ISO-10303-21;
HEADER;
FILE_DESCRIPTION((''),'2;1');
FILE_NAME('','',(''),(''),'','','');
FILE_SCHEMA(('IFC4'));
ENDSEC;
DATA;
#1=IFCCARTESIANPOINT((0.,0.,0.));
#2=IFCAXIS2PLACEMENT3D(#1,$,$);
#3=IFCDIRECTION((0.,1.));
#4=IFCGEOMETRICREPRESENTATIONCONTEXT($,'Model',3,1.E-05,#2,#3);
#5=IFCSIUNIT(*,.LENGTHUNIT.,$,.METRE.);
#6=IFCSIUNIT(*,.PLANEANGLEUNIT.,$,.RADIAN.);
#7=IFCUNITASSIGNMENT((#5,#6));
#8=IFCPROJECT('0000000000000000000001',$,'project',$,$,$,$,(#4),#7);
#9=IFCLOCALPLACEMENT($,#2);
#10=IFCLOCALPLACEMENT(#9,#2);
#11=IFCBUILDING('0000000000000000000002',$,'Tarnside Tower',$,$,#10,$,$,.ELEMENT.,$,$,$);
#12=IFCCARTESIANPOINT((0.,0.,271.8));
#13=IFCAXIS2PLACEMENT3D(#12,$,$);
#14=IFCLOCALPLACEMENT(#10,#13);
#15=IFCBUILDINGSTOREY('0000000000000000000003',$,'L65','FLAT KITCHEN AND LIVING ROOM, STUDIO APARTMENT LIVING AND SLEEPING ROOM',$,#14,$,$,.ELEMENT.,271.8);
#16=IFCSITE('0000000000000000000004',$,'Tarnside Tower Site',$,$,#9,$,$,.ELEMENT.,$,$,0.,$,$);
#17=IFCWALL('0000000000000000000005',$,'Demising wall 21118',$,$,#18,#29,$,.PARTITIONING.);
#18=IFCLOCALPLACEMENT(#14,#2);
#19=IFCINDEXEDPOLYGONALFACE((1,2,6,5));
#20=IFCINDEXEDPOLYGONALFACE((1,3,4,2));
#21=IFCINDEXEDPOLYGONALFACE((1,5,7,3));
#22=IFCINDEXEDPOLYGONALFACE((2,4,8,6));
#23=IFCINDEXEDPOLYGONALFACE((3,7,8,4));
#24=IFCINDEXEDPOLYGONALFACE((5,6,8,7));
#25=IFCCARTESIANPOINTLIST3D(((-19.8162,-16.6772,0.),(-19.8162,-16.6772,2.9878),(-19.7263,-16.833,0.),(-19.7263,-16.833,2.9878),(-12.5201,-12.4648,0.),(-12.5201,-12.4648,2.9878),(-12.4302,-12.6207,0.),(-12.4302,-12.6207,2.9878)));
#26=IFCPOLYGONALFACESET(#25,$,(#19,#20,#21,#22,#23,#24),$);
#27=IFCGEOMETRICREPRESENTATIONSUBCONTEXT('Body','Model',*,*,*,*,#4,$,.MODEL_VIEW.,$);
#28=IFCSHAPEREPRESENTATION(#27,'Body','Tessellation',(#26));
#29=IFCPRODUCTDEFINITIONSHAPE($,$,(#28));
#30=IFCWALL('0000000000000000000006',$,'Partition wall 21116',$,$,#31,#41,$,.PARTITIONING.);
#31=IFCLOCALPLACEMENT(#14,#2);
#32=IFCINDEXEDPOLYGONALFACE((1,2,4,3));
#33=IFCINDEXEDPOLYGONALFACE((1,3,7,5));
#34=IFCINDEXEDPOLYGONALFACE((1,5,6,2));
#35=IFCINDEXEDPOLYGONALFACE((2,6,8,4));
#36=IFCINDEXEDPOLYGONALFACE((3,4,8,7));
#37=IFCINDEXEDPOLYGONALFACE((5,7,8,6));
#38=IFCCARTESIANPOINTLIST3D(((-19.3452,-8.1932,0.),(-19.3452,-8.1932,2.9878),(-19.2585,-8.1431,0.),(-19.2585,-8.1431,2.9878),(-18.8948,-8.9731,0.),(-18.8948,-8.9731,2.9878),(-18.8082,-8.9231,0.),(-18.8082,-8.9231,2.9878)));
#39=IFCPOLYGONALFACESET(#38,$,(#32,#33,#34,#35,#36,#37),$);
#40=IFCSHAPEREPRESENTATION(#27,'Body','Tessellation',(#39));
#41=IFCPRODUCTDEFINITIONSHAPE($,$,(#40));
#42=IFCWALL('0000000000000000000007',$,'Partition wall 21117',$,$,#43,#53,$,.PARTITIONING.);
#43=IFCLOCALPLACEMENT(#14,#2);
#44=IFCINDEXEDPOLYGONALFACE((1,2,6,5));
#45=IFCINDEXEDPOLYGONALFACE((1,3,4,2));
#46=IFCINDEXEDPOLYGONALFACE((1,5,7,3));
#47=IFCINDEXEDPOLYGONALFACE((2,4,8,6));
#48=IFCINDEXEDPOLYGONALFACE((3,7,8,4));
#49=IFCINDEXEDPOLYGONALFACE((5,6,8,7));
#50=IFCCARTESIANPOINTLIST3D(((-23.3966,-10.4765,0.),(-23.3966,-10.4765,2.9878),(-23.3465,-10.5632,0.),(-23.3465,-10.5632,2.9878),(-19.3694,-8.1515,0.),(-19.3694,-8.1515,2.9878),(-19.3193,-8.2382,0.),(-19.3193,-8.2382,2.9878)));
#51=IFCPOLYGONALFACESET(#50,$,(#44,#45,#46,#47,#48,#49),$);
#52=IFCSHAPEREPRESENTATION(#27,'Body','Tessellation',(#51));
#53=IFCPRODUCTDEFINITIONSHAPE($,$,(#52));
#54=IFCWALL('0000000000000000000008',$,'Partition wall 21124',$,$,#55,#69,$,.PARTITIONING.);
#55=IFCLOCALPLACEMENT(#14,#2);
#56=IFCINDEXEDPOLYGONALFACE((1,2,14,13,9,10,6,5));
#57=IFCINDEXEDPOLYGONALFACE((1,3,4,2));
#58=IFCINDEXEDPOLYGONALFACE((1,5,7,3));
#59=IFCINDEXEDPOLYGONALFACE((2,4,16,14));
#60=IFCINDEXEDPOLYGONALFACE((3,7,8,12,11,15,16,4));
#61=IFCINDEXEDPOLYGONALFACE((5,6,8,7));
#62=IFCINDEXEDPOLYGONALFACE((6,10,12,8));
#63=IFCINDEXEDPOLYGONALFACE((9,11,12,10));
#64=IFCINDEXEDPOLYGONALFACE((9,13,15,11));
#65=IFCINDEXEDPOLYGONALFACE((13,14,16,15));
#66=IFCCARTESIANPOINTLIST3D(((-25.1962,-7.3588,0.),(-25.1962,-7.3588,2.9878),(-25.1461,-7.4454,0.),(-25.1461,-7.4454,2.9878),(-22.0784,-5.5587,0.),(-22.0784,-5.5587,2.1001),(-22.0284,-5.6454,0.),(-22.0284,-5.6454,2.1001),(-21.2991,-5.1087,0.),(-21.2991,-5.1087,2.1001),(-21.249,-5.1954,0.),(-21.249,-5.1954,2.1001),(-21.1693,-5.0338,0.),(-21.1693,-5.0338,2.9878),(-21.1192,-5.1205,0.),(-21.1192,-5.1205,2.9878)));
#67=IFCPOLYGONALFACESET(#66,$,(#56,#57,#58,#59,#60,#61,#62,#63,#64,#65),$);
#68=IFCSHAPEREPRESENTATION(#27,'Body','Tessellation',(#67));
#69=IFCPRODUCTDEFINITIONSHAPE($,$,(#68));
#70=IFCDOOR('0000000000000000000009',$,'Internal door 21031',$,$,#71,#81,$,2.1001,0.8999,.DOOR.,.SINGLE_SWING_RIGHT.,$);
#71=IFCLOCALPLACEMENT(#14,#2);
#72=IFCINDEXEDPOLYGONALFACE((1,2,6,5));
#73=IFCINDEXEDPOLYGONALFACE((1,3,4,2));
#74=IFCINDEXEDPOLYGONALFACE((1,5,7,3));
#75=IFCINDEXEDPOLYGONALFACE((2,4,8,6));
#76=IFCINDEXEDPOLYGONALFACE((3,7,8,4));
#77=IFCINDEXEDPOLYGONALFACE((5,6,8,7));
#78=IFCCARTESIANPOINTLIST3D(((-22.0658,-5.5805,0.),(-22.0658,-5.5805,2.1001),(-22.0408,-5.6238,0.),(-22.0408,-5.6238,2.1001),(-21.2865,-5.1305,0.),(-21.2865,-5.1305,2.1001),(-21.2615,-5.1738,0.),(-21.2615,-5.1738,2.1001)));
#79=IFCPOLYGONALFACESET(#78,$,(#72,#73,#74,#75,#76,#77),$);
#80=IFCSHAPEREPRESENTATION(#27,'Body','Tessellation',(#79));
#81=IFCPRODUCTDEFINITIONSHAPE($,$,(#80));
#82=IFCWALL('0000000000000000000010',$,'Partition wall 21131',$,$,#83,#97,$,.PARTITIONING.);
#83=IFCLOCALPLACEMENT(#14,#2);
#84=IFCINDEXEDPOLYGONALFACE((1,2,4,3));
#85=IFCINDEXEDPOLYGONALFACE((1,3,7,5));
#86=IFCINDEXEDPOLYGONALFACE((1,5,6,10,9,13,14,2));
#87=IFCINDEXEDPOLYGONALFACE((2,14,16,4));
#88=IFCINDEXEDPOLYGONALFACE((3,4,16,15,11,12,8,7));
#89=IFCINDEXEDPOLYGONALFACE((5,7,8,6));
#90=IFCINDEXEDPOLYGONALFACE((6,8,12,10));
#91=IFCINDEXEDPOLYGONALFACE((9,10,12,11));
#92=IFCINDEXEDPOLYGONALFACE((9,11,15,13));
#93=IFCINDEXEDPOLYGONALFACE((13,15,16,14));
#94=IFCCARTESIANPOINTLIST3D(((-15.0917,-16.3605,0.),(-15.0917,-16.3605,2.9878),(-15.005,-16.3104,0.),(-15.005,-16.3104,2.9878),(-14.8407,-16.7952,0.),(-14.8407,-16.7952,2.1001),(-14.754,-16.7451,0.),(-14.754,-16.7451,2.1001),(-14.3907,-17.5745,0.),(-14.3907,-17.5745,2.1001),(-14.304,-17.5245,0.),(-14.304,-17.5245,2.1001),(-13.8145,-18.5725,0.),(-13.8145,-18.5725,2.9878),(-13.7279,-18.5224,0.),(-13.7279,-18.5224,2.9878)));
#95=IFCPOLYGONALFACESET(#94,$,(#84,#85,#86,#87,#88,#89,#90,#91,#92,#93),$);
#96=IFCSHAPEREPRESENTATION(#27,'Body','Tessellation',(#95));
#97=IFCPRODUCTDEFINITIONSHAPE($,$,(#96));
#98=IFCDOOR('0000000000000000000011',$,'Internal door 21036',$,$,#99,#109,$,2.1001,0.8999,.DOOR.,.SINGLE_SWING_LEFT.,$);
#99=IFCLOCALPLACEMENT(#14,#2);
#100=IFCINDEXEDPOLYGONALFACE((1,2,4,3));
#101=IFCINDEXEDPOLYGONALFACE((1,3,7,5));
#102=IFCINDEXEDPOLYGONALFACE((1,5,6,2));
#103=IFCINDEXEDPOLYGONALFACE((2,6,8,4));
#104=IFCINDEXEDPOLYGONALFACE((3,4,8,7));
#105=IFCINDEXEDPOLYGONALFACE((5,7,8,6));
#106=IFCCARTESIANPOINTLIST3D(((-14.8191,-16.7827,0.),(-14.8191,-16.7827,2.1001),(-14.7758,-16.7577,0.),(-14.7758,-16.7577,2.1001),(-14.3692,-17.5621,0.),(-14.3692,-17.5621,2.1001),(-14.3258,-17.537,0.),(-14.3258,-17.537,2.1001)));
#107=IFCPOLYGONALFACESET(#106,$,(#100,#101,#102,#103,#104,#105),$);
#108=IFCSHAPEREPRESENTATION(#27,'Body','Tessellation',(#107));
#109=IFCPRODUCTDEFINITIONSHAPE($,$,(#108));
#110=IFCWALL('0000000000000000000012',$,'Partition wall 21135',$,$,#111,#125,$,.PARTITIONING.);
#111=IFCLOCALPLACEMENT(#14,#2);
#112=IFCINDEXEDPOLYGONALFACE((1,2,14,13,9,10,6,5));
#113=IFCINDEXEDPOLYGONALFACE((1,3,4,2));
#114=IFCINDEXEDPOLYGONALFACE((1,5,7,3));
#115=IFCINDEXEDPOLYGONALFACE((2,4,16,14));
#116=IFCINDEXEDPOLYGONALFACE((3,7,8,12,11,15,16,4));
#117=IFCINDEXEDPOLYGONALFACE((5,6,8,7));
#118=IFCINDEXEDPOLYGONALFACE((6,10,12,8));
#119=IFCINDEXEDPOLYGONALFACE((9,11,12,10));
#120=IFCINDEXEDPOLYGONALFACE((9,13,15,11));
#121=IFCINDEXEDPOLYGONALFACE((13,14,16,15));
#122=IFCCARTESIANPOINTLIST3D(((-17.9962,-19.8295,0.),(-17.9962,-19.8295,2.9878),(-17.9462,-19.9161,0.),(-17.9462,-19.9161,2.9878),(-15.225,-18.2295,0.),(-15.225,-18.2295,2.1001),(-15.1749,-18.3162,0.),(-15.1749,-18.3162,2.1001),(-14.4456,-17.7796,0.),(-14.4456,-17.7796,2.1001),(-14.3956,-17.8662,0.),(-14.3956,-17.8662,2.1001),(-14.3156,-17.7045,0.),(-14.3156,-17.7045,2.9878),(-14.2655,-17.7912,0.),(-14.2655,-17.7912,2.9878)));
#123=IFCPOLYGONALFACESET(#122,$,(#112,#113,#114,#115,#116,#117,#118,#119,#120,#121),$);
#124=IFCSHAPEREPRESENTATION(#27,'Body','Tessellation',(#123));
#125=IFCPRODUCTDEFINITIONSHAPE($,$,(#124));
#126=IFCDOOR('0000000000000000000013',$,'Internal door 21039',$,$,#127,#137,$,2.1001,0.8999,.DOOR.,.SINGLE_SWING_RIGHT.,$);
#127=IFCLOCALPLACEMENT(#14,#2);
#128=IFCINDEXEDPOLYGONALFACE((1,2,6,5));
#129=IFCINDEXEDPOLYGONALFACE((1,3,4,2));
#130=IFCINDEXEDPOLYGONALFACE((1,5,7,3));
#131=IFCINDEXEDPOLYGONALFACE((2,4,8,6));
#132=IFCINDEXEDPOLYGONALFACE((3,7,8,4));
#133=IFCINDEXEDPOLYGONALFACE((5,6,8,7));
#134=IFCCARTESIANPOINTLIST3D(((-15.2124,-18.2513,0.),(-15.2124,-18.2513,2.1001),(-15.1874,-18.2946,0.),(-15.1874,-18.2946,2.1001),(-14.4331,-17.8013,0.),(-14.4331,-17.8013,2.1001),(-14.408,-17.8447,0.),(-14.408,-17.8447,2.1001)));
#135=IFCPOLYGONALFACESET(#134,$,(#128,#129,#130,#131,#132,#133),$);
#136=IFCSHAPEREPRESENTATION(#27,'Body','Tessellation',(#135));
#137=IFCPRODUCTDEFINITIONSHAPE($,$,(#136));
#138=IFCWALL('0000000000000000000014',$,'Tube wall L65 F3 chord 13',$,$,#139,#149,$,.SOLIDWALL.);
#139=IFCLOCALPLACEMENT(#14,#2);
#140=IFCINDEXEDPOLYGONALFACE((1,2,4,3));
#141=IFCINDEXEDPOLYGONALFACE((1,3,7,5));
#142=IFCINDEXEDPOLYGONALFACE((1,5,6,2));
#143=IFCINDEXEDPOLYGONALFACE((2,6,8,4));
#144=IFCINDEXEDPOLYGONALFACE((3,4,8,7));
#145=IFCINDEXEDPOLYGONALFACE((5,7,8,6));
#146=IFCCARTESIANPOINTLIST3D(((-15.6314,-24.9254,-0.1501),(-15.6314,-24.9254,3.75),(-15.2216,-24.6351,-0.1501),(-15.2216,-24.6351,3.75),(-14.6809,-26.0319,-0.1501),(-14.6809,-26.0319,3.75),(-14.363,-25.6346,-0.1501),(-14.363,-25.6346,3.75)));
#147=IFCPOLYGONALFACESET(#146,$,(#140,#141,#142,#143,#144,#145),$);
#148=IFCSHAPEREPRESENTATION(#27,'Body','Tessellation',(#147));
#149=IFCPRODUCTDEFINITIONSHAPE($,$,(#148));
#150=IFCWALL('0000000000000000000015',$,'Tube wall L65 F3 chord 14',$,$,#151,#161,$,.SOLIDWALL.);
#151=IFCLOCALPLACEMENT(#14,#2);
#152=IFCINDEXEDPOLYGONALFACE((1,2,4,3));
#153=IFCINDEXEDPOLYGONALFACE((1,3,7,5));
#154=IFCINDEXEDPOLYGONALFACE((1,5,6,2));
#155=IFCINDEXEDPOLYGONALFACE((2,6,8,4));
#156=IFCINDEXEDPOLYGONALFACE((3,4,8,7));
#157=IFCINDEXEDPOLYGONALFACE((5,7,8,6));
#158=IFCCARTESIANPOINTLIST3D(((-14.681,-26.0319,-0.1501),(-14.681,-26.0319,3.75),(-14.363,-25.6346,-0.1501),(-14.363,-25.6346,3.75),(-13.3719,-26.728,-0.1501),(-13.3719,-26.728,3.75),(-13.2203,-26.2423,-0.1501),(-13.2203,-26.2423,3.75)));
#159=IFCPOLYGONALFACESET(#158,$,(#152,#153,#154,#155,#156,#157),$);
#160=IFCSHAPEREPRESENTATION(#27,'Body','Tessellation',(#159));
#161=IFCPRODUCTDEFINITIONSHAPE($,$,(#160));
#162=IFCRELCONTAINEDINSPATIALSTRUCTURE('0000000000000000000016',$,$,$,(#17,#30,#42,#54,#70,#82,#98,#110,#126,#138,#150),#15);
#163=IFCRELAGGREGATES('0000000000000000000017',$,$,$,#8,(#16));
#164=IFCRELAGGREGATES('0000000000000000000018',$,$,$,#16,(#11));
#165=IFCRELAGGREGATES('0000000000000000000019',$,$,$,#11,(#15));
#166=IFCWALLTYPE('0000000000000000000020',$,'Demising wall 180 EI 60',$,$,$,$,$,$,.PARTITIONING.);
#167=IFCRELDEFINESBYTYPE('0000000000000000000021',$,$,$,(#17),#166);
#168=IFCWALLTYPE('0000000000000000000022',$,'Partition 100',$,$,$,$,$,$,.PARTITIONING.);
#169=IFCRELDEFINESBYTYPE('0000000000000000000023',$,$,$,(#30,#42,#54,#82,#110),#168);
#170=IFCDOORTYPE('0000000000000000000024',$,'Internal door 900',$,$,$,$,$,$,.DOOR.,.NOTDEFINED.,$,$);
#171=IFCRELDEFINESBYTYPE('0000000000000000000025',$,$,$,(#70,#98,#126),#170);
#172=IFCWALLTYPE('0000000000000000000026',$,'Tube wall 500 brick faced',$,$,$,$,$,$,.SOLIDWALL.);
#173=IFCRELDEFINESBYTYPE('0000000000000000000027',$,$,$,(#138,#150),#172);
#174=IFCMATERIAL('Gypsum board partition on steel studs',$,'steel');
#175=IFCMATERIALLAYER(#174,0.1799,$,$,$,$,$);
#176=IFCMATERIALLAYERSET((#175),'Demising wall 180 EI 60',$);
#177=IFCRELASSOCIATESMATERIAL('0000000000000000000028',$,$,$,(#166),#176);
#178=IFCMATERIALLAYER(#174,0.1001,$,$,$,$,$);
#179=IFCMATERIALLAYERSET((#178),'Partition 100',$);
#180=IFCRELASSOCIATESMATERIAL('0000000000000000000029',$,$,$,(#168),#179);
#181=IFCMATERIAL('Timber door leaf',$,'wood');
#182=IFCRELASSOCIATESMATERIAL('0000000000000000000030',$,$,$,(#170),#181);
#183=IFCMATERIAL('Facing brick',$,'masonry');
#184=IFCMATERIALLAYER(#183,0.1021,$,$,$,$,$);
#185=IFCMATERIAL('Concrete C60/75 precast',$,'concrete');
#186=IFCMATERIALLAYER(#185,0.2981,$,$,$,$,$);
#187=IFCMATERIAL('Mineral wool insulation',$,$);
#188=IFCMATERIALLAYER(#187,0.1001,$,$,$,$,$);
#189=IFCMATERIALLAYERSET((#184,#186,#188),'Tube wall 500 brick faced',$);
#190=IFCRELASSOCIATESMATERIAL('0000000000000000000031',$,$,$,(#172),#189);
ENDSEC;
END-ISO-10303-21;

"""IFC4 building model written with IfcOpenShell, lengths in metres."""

from ifc_helpers import new_model, si_unit, direction, frame, frame_2d, origin, place, context, subcontext, project, spatial, polyline, rectangle, outline, extrude, material, layer, layer_set, type_object, element, fill, save


model = new_model("IFC4")

# Units and contexts
model_context = context("Model", 3, precision=1e-05, world=origin(), true_north=direction((0.0, 1.0)))
body_context = subcontext(model_context, "Body", "Model", "MODEL_VIEW")
ifc_project = project(units=[si_unit("LENGTHUNIT", "METRE"), si_unit("PLANEANGLEUNIT", "RADIAN")], contexts=[model_context])

# Site, building, storey
site_placement = place(None, origin())
site = spatial("IfcSite", under=ifc_project, at=site_placement, Name="Tarnside Tower Site", CompositionType="ELEMENT", RefElevation=0.0)
building_placement = place(site_placement, origin())
building = spatial("IfcBuilding", under=site, at=building_placement, Name="Tarnside Tower", CompositionType="ELEMENT")
storey_placement = place(building_placement, frame((0.0, 0.0, 271.8)))
storey = spatial("IfcBuildingStorey", under=building, at=storey_placement, Name="L65", Description="FLAT KITCHEN AND LIVING ROOM, STUDIO APARTMENT LIVING AND SLEEPING ROOM", CompositionType="ELEMENT", Elevation=271.8)

# Shared definitions
ifc_material_1 = material(Name="Gypsum board partition on steel studs", Category="steel")
ifc_material_2 = material(Name="Timber door leaf", Category="wood")

# Walls
ifc_layer_1 = layer(ifc_material_1, 0.1799)
ifc_layer_set_1 = layer_set([ifc_layer_1], Name="Demising wall 180 EI 60")
wall_type_1 = type_object("IfcWallType", Name="Demising wall 180 EI 60", PredefinedType="PARTITIONING", material=ifc_layer_set_1)
wall_1_placement = place(storey_placement, frame((-19.7712, -16.7551, 0.0), z_axis=(0.0, 0.0, 1.0), x_axis=(0.866027, 0.499998, 0.0)))
element("IfcWall", 1, at=wall_1_placement, inside=storey, type_object=wall_type_1, Name="Demising wall 21118", PredefinedType="PARTITIONING", context=body_context, shape_type="SweptSolid", body=[
    extrude(rectangle(XDim=8.4248, YDim=0.1799, at=frame_2d((4.2124, 0.0))), origin(), (0.0, 0.0, 1.0), 2.9878),
])
ifc_layer_2 = layer(ifc_material_1, 0.1001)
ifc_layer_set_2 = layer_set([ifc_layer_2], Name="Partition 100")
wall_type_2 = type_object("IfcWallType", Name="Partition 100", PredefinedType="PARTITIONING", material=ifc_layer_set_2)
wall_2_placement = place(storey_placement, frame((-18.8516, -8.948, 0.0), z_axis=(0.0, 0.0, 1.0), x_axis=(-0.500074, 0.865982, 0.0)))
element("IfcWall", 2, at=wall_2_placement, inside=storey, type_object=wall_type_2, Name="Partition wall 21116", PredefinedType="PARTITIONING", context=body_context, shape_type="SweptSolid", body=[
    extrude(rectangle(XDim=0.9006, YDim=0.1001, at=frame_2d((0.4502, 0.0))), origin(), (0.0, 0.0, 1.0), 2.9878),
])
wall_3_placement = place(storey_placement, frame((-19.3442, -8.1948, 0.0), z_axis=(0.0, 0.0, 1.0), x_axis=(-0.866034, -0.499985, 0.0)))
element("IfcWall", 3, at=wall_3_placement, inside=storey, type_object=wall_type_2, Name="Partition wall 21117", PredefinedType="PARTITIONING", context=body_context, shape_type="SweptSolid", body=[
    extrude(rectangle(XDim=4.6501, YDim=0.1001, at=frame_2d((2.3252, 0.0))), origin(), (0.0, 0.0, 1.0), 2.9878),
])

# Walls, openings, doors
wall_4_placement = place(storey_placement, frame((-25.1711, -7.4021, 0.0), z_axis=(0.0, 0.0, 1.0), x_axis=(0.866021, 0.500007, 0.0)))
wall_4 = element("IfcWall", 4, at=wall_4_placement, inside=storey, type_object=wall_type_2, Name="Partition wall 21124", PredefinedType="PARTITIONING", context=body_context, shape_type="SweptSolid", body=[
    extrude(rectangle(XDim=4.6499, YDim=0.1001, at=frame_2d((2.325, 0.0))), origin(), (0.0, 0.0, 1.0), 2.9878),
])
opening_1_placement = place(wall_4_placement, frame((3.6001, 0.0, 0.0)))
opening_1 = element("IfcOpeningElement", 5, at=opening_1_placement, cuts=wall_4, PredefinedType="OPENING", context=body_context, shape_type="SweptSolid", body=[
    extrude(rectangle(XDim=0.8999, YDim=2.1001, at=frame_2d((0.45, 1.05))), frame((0.0, 0.0601, 0.0), z_axis=(0.0, -1.0, 0.0), x_axis=(1.0, 0.0, 0.0)), (0.0, 0.0, 1.0), 0.1201),
])
door_type_1 = type_object("IfcDoorType", Name="Internal door 900", OperationType="NOTDEFINED", PredefinedType="DOOR", material=ifc_material_2)
door_1_placement = place(opening_1_placement, origin())
door_1 = element("IfcDoor", 6, at=door_1_placement, inside=storey, type_object=door_type_1, Name="Internal door 21031", OperationType="SINGLE_SWING_RIGHT", OverallHeight=2.1001, OverallWidth=0.8999, PredefinedType="DOOR", context=body_context, shape_type="SweptSolid", body=[
    extrude(rectangle(XDim=0.8999, YDim=2.1001, at=frame_2d((0.45, 1.05))), frame((0.0, 0.0249, 0.0), z_axis=(0.0, -1.0, 0.0), x_axis=(1.0, 0.0, 0.0)), (0.0, 0.0, 1.0), 0.05),
])
fill(opening_1, door_1)
wall_5_placement = place(storey_placement, frame((-15.0483, -16.3354, 0.0), z_axis=(0.0, 0.0, 1.0), x_axis=(0.500015, -0.866017, 0.0)))
wall_5 = element("IfcWall", 7, at=wall_5_placement, inside=storey, type_object=wall_type_2, Name="Partition wall 21131", PredefinedType="PARTITIONING", context=body_context, shape_type="SweptSolid", body=[
    extrude(rectangle(XDim=2.5542, YDim=0.1001, at=frame_2d((1.2771, 0.0))), origin(), (0.0, 0.0, 1.0), 2.9878),
])
opening_2_placement = place(wall_5_placement, frame((0.502, 0.0, 0.0)))
opening_2 = element("IfcOpeningElement", 8, at=opening_2_placement, cuts=wall_5, PredefinedType="OPENING", context=body_context, shape_type="SweptSolid", body=[
    extrude(rectangle(XDim=0.8999, YDim=2.1001, at=frame_2d((0.45, 1.05))), frame((0.0, 0.0601, 0.0), z_axis=(0.0, -1.0, 0.0), x_axis=(1.0, 0.0, 0.0)), (0.0, 0.0, 1.0), 0.1201),
])
door_2_placement = place(opening_2_placement, origin())
door_2 = element("IfcDoor", 9, at=door_2_placement, inside=storey, type_object=door_type_1, Name="Internal door 21036", OperationType="SINGLE_SWING_LEFT", OverallHeight=2.1001, OverallWidth=0.8999, PredefinedType="DOOR", context=body_context, shape_type="SweptSolid", body=[
    extrude(rectangle(XDim=0.8999, YDim=2.1001, at=frame_2d((0.45, 1.05))), frame((0.0, 0.0249, 0.0), z_axis=(0.0, -1.0, 0.0), x_axis=(1.0, 0.0, 0.0)), (0.0, 0.0, 1.0), 0.05),
])
fill(opening_2, door_2)
wall_6_placement = place(storey_placement, frame((-17.9712, -19.8728, 0.0), z_axis=(0.0, 0.0, 1.0), x_axis=(0.866029, 0.499994, 0.0)))
wall_6 = element("IfcWall", 10, at=wall_6_placement, inside=storey, type_object=wall_type_2, Name="Partition wall 21135", PredefinedType="PARTITIONING", context=body_context, shape_type="SweptSolid", body=[
    extrude(rectangle(XDim=4.25, YDim=0.1001, at=frame_2d((2.125, 0.0))), origin(), (0.0, 0.0, 1.0), 2.9878),
])
opening_3_placement = place(wall_6_placement, frame((3.2, 0.0, 0.0)))
opening_3 = element("IfcOpeningElement", 11, at=opening_3_placement, cuts=wall_6, PredefinedType="OPENING", context=body_context, shape_type="SweptSolid", body=[
    extrude(rectangle(XDim=0.8999, YDim=2.1001, at=frame_2d((0.45, 1.05))), frame((0.0, 0.0601, 0.0), z_axis=(0.0, -1.0, 0.0), x_axis=(1.0, 0.0, 0.0)), (0.0, 0.0, 1.0), 0.1201),
])
door_3_placement = place(opening_3_placement, origin())
door_3 = element("IfcDoor", 12, at=door_3_placement, inside=storey, type_object=door_type_1, Name="Internal door 21039", OperationType="SINGLE_SWING_RIGHT", OverallHeight=2.1001, OverallWidth=0.8999, PredefinedType="DOOR", context=body_context, shape_type="SweptSolid", body=[
    extrude(rectangle(XDim=0.8999, YDim=2.1001, at=frame_2d((0.45, 1.05))), frame((0.0, 0.0249, 0.0), z_axis=(0.0, -1.0, 0.0), x_axis=(1.0, 0.0, 0.0)), (0.0, 0.0, 1.0), 0.05),
])
fill(opening_3, door_3)

# Walls
ifc_material_3 = material(Name="Facing brick", Category="masonry")
ifc_layer_3 = layer(ifc_material_3, 0.1021)
ifc_material_4 = material(Name="Concrete C60/75 precast", Category="concrete")
ifc_layer_4 = layer(ifc_material_4, 0.2981)
ifc_material_5 = material(Name="Mineral wool insulation")
ifc_layer_5 = layer(ifc_material_5, 0.1001)
ifc_layer_set_3 = layer_set([ifc_layer_3, ifc_layer_4, ifc_layer_5], Name="Tube wall 500 brick faced")
wall_type_3 = type_object("IfcWallType", Name="Tube wall 500 brick faced", PredefinedType="SOLIDWALL", material=ifc_layer_set_3)
wall_7_placement = place(storey_placement, frame((-15.4265, -24.7803, -0.1501), z_axis=(0.0, 0.0, 1.0), x_axis=(0.651617, -0.758549, 0.0)))
element("IfcWall", 13, at=wall_7_placement, inside=storey, type_object=wall_type_3, Name="Tube wall L65 F3 chord 13", PredefinedType="SOLIDWALL", context=body_context, shape_type="SweptSolid", body=[
    extrude(outline(polyline([(-0.0234, -0.25), (1.4353, -0.25), (1.3411, 0.25), (0.0234, 0.25), (-0.0234, -0.25)])), origin(), (0.0, 0.0, 1.0), 3.9001),
])
wall_8_placement = place(storey_placement, frame((-14.522, -25.8333, -0.1501), z_axis=(0.0, 0.0, 1.0), x_axis=(0.882927, -0.469511, 0.0)))
element("IfcWall", 14, at=wall_8_placement, inside=storey, type_object=wall_type_3, Name="Tube wall L65 F3 chord 14", PredefinedType="SOLIDWALL", context=body_context, shape_type="SweptSolid", body=[
    extrude(outline(polyline([(-0.0471, -0.25), (1.4355, -0.25), (1.3413, 0.25), (0.0471, 0.25), (-0.0471, -0.25)])), origin(), (0.0, 0.0, 1.0), 3.9001),
])

save(model, "model.ifc")
